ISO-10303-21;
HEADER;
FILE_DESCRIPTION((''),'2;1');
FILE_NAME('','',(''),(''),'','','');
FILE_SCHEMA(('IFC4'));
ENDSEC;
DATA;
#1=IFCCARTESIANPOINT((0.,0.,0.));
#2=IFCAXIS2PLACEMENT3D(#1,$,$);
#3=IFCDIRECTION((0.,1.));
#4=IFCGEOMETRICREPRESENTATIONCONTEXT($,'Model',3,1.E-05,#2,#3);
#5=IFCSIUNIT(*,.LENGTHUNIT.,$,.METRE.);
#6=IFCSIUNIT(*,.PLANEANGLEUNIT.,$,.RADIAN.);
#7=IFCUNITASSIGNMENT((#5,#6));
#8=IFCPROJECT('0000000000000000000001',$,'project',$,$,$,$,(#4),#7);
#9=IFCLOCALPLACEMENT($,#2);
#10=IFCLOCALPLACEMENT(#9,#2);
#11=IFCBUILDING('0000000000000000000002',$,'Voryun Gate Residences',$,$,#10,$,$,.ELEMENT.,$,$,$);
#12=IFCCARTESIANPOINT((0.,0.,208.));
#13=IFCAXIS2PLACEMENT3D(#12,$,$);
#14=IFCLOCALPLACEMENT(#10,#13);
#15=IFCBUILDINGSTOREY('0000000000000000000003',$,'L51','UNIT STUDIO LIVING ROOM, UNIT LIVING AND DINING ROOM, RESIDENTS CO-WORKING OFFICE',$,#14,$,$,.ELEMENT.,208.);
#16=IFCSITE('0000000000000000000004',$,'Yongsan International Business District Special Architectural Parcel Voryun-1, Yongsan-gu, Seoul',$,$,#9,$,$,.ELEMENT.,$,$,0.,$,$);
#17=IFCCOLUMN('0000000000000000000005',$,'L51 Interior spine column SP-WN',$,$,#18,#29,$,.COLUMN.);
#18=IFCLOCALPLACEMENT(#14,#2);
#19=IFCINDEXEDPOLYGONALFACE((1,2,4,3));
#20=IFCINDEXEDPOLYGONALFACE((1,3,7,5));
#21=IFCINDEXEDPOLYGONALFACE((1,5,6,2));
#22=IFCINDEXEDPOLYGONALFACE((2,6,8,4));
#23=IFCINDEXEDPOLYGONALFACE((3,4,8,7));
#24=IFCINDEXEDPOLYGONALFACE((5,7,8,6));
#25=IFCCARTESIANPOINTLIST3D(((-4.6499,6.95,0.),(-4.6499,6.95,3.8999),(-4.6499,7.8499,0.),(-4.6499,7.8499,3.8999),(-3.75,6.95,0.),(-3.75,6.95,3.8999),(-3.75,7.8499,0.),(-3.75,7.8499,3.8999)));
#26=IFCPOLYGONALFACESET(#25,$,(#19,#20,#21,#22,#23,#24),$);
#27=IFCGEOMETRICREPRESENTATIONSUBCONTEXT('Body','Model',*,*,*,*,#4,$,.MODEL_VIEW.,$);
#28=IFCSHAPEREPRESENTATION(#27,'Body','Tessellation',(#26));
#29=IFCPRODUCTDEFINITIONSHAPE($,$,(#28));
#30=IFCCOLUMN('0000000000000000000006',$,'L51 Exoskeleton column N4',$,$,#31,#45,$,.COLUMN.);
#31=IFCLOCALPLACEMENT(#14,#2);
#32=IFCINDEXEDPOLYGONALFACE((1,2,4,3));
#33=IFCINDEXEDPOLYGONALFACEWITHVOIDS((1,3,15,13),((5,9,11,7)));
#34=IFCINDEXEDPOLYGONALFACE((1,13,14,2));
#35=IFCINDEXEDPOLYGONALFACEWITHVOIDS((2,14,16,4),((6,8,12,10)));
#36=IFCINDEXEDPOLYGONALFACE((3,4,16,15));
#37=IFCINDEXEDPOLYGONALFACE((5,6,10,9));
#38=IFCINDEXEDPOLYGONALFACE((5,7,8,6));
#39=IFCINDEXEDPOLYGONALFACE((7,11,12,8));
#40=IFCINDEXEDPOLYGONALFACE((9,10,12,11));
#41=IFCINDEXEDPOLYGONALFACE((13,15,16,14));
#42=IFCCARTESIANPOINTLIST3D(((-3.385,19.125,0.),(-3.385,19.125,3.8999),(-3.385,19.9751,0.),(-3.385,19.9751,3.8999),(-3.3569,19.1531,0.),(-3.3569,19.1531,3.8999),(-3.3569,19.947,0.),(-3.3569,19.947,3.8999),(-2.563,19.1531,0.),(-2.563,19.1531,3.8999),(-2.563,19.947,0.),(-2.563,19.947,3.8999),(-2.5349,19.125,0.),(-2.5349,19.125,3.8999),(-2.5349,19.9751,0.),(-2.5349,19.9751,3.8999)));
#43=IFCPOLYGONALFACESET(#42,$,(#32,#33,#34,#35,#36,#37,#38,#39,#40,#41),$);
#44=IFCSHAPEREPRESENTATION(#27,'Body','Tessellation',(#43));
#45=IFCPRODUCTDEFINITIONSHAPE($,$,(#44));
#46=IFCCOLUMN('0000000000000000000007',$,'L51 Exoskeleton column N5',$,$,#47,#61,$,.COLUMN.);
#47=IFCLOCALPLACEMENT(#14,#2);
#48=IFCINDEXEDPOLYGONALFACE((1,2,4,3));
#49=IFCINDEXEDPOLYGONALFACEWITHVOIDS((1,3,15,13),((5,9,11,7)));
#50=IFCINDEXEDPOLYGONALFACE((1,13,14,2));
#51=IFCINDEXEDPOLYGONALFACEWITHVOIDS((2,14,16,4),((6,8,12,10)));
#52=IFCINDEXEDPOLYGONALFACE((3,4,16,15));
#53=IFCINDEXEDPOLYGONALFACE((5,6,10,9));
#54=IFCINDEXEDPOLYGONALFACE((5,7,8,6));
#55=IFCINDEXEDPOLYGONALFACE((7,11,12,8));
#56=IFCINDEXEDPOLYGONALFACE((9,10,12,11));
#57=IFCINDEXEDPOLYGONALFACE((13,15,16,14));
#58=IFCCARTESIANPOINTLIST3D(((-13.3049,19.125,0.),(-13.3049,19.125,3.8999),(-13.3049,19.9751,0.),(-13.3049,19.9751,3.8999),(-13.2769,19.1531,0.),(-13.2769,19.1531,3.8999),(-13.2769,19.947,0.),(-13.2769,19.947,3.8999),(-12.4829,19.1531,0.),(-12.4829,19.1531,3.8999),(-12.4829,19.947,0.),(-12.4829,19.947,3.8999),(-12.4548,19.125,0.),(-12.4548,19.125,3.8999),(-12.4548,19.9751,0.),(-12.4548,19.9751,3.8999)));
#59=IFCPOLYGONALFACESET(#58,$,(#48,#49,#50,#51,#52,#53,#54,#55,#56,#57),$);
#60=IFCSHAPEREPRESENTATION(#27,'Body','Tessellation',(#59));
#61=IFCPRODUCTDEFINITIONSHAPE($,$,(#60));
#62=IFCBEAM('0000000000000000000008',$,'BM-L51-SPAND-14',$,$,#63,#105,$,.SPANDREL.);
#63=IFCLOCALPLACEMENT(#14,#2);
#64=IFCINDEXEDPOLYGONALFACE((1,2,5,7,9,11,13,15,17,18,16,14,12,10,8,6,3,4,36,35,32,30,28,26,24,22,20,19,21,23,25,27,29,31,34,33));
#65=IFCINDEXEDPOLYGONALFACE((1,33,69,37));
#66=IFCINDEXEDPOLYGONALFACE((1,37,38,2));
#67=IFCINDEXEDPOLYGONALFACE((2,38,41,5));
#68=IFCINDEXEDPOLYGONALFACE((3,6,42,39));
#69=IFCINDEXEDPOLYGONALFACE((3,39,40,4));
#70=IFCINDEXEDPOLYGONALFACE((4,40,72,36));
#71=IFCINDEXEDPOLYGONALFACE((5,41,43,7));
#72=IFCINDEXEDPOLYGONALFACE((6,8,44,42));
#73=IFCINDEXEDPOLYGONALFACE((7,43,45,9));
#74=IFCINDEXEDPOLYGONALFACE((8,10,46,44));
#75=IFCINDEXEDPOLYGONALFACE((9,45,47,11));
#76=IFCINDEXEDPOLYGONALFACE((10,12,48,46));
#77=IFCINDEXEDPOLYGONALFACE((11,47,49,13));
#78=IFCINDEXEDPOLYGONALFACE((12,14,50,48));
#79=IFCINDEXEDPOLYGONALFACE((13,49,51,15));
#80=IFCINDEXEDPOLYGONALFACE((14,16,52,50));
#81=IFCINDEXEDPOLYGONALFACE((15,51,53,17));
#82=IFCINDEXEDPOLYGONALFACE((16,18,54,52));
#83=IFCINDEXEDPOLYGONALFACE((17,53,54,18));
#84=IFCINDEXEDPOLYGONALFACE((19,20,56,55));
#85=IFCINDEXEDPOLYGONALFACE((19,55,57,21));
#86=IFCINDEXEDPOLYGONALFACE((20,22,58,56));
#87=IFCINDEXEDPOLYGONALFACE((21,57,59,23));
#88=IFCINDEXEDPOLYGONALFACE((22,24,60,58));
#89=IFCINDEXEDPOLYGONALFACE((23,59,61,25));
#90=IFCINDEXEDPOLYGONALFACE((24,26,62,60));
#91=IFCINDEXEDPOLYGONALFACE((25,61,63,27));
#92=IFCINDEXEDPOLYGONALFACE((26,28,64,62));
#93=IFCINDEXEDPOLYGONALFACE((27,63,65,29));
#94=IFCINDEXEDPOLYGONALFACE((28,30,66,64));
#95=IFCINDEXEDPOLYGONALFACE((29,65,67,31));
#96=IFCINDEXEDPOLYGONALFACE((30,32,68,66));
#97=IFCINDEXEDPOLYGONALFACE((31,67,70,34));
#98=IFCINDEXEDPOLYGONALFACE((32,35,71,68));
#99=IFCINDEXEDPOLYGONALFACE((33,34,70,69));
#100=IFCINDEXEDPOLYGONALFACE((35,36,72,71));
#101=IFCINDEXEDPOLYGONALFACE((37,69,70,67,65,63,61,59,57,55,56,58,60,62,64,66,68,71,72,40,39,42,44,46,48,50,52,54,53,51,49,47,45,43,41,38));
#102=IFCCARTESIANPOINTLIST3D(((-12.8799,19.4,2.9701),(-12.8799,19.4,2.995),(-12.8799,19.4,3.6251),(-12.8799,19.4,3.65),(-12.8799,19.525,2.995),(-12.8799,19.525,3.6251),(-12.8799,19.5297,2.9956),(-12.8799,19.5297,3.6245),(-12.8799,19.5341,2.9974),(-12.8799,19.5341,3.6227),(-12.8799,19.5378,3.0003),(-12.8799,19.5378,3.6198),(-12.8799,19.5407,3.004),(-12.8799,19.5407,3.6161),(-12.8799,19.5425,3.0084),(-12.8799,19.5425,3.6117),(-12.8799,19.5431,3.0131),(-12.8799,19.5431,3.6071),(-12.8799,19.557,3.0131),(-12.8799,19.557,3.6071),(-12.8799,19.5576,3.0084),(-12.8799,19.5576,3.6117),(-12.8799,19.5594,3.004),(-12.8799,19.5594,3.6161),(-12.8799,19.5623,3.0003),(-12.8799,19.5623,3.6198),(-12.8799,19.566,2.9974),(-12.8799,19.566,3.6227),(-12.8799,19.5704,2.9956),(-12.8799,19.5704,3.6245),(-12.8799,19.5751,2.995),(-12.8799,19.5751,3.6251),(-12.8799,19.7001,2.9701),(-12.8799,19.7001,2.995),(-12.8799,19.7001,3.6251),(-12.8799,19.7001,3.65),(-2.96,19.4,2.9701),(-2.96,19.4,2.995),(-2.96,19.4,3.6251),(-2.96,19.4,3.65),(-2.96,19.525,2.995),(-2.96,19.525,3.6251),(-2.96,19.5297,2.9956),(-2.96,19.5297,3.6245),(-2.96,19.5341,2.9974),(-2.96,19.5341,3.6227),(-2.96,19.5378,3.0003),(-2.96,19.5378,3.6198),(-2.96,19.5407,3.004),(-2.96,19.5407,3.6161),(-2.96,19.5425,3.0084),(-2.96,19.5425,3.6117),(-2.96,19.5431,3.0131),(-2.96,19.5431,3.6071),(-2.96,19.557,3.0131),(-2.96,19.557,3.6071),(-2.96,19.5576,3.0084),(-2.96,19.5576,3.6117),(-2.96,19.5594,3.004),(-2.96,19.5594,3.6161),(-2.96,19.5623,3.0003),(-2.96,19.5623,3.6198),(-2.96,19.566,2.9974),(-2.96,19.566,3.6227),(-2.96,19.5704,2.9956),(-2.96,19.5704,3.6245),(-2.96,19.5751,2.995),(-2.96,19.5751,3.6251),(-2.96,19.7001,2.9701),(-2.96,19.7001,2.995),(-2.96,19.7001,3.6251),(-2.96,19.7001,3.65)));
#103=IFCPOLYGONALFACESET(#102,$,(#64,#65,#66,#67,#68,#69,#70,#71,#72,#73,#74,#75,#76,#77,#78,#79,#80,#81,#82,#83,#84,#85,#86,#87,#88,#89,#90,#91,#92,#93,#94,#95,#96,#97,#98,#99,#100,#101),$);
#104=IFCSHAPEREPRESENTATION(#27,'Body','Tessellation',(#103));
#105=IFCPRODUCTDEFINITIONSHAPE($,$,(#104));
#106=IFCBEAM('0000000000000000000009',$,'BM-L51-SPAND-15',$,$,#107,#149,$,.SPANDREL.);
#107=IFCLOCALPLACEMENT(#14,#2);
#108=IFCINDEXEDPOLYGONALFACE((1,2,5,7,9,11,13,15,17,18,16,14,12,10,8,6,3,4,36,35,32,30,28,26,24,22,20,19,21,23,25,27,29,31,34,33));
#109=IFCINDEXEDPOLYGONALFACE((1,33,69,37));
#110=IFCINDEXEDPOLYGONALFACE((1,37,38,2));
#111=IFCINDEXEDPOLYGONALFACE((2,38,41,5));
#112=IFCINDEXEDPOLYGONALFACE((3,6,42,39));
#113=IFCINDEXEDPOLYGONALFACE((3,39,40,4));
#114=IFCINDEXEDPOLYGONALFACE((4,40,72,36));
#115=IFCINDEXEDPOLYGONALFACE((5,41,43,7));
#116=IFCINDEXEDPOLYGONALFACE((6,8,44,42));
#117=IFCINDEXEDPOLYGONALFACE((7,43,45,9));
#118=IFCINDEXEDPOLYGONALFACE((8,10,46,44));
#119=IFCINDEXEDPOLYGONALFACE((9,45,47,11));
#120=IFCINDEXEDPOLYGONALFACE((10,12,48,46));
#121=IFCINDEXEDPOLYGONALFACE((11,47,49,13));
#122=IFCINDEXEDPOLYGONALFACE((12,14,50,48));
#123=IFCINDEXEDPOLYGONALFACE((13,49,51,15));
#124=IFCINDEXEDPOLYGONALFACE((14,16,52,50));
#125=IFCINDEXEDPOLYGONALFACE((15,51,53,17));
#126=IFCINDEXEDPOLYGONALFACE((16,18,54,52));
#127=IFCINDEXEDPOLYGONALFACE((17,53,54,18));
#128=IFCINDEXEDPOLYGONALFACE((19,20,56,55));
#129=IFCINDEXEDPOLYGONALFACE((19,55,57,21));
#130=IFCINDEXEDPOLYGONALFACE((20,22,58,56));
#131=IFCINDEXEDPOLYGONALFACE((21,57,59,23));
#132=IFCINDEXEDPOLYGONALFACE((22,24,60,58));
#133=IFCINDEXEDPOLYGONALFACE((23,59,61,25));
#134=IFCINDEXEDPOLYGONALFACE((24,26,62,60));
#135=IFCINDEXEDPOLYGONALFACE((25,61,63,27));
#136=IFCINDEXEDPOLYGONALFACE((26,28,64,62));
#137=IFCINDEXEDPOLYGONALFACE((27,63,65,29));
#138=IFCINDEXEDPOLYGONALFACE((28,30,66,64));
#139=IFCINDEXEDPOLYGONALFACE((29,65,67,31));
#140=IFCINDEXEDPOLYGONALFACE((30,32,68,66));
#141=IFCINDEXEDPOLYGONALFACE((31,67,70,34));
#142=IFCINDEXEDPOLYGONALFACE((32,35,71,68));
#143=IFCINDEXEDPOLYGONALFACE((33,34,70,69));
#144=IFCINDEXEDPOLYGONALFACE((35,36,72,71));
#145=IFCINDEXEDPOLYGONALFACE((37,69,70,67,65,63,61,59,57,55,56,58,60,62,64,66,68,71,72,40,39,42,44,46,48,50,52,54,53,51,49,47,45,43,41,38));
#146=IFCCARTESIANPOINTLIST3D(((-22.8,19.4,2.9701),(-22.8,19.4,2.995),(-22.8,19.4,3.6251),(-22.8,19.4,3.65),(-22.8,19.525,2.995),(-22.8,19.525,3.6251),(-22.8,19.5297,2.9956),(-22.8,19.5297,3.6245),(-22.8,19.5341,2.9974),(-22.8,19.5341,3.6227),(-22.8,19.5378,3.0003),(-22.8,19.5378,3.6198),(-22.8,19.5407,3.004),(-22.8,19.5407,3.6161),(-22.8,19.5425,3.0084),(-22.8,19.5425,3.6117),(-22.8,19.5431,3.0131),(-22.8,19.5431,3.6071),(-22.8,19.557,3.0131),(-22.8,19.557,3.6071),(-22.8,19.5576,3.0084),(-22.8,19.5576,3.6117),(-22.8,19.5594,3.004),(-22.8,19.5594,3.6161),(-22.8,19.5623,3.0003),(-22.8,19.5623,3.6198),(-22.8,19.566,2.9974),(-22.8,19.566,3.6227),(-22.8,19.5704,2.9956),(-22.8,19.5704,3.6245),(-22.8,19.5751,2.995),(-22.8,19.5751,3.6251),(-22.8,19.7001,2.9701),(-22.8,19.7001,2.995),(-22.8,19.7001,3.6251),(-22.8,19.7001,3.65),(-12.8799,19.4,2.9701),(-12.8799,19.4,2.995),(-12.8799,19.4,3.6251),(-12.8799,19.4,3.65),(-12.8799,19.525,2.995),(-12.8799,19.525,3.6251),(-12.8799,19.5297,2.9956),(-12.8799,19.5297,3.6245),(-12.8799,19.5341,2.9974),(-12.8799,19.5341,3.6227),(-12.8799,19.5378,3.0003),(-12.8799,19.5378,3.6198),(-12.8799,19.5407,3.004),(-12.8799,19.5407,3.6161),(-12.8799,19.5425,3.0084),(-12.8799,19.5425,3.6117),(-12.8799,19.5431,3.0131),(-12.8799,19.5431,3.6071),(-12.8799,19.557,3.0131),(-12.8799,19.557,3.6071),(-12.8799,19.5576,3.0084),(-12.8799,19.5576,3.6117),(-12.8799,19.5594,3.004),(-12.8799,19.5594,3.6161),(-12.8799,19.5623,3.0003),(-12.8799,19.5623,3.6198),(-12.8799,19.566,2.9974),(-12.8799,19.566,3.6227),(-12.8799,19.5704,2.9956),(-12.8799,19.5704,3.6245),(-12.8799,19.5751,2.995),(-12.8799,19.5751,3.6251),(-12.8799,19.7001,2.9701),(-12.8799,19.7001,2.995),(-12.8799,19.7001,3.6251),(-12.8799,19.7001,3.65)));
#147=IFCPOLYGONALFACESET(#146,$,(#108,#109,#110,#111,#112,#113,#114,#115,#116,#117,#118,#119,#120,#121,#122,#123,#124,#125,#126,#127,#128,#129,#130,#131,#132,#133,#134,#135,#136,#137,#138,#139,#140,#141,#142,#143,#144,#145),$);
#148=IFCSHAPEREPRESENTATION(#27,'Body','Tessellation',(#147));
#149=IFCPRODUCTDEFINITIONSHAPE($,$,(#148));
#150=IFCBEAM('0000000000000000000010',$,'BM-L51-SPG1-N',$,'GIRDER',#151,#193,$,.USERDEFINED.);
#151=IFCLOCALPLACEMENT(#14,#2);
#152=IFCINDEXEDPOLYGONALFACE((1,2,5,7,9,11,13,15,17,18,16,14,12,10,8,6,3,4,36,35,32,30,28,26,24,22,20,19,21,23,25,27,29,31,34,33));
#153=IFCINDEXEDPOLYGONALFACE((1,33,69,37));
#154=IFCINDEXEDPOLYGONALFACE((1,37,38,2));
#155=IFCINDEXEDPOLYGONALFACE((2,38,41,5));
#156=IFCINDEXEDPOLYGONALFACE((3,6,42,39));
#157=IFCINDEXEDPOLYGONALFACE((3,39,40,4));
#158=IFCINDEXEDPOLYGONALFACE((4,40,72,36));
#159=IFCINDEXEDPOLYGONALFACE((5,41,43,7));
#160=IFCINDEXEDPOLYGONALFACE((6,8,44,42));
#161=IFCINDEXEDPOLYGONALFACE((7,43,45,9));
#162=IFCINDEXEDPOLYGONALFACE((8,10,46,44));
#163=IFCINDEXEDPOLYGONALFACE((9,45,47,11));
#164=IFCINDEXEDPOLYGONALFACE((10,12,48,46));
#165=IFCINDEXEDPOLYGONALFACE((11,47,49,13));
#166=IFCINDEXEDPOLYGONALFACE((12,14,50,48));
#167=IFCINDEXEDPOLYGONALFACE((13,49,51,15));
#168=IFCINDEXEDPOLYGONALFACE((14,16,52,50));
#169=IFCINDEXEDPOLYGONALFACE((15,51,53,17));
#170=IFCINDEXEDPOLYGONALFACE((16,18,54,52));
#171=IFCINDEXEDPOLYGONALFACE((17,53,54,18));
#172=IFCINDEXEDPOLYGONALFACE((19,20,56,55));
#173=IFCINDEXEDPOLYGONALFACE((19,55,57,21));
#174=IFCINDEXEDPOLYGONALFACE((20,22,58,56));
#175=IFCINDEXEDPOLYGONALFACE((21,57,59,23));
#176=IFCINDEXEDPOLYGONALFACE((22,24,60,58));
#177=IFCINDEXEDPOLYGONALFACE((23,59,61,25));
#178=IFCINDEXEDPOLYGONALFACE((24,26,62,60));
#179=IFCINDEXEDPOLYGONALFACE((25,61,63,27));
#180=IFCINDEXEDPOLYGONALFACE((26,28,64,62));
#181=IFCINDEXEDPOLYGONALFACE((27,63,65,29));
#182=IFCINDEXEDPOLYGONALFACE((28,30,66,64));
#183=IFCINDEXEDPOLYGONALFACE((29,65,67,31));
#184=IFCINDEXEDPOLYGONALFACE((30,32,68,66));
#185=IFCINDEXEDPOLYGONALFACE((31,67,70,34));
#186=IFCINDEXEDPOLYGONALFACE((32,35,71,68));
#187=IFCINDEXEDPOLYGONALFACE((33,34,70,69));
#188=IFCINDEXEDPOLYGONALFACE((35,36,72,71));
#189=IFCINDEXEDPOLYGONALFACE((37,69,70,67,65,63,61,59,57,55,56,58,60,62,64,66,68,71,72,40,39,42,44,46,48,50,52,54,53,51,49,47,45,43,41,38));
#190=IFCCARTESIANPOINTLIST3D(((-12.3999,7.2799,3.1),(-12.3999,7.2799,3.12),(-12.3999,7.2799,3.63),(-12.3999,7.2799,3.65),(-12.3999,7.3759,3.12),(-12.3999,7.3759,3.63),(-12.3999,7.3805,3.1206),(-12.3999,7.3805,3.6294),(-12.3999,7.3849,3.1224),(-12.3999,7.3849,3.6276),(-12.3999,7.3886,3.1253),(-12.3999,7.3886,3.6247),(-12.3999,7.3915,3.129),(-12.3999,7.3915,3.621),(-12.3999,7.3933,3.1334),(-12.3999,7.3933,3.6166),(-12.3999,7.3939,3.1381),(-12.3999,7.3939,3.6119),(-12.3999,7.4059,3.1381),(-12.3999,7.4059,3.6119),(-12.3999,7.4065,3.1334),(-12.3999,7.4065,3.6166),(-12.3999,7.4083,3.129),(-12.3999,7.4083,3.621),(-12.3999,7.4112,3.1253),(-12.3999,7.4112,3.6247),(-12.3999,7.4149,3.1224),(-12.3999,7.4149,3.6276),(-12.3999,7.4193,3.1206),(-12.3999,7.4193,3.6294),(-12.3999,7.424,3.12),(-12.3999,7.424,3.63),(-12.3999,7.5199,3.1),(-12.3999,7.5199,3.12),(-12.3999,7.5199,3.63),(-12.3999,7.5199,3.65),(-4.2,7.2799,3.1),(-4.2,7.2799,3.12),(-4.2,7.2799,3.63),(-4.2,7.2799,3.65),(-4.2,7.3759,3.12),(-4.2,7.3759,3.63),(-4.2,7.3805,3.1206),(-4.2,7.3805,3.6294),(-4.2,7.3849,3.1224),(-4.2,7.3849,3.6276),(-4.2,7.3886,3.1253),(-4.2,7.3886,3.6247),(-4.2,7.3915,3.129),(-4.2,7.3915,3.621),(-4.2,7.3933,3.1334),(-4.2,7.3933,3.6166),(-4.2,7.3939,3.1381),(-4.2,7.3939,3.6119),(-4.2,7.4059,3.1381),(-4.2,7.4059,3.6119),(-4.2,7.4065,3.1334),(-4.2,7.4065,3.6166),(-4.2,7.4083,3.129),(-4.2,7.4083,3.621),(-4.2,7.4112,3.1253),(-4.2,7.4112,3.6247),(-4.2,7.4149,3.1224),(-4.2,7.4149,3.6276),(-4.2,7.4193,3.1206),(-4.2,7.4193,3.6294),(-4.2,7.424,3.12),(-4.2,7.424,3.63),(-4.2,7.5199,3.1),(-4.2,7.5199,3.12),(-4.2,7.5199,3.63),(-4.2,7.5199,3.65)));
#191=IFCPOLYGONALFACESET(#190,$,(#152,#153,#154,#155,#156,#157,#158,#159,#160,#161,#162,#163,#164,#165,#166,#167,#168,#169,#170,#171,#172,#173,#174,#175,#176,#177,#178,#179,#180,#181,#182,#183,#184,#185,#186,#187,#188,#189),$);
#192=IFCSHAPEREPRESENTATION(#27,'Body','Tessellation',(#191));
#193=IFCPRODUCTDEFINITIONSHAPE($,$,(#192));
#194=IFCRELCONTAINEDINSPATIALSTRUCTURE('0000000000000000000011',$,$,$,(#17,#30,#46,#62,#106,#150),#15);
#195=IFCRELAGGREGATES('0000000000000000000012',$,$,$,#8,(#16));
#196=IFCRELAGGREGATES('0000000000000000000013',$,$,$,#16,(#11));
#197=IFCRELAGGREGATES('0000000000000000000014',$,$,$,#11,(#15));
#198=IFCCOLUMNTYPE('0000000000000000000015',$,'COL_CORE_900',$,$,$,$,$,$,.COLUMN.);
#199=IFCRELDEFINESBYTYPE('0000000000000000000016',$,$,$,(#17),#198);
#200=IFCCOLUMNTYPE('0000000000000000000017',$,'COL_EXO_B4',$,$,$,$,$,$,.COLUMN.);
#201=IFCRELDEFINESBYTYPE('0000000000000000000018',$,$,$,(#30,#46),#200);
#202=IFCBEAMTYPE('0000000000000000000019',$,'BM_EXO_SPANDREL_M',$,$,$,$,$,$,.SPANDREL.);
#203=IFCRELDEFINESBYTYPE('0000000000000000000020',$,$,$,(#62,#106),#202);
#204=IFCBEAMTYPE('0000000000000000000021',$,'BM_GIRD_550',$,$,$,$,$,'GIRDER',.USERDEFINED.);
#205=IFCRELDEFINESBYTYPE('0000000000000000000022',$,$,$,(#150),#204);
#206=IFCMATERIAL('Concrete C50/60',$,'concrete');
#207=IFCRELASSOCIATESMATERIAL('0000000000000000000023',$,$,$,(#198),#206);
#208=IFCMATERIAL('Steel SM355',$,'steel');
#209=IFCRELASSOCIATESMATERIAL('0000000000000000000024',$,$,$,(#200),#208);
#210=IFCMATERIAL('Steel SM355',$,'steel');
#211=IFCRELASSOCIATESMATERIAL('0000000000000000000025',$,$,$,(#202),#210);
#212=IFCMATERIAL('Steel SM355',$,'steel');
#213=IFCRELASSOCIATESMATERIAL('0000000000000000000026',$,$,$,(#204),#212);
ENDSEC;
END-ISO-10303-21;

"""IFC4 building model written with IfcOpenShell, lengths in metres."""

from ifc_helpers import new_model, si_unit, direction, frame, origin, origin_2d, place, context, subcontext, project, spatial, rectangle, hollow_rectangle, i_section, extrude, material, material_profile, profile_set, type_object, element, save


model = new_model("IFC4")

# Units and contexts
model_context = context("Model", 3, precision=1e-05, world=origin(), true_north=direction((0.0, 1.0)))
body_context = subcontext(model_context, "Body", "Model", "MODEL_VIEW")
ifc_project = project(units=[si_unit("LENGTHUNIT", "METRE"), si_unit("PLANEANGLEUNIT", "RADIAN")], contexts=[model_context])

# Site, building, storey
site_placement = place(None, origin())
site = spatial("IfcSite", under=ifc_project, at=site_placement, Name="Yongsan International Business District Special Architectural Parcel Voryun-1, Yongsan-gu, Seoul", CompositionType="ELEMENT", RefElevation=0.0)
building_placement = place(site_placement, origin())
building = spatial("IfcBuilding", under=site, at=building_placement, Name="Voryun Gate Residences", CompositionType="ELEMENT")
storey_placement = place(building_placement, frame((0.0, 0.0, 208.0)))
storey = spatial("IfcBuildingStorey", under=building, at=storey_placement, Name="L51", Description="UNIT STUDIO LIVING ROOM, UNIT LIVING AND DINING ROOM, RESIDENTS CO-WORKING OFFICE", CompositionType="ELEMENT", Elevation=208.0)

# Columns
ifc_material_1 = material(Name="Concrete C50/60", Category="concrete")
ifc_material_profile_1 = material_profile(ifc_material_1, rectangle(XDim=0.8999, YDim=0.8999, at=origin_2d()), Name="RC-900x900")
ifc_profile_set_1 = profile_set([ifc_material_profile_1], Name="Concrete C50/60")
column_type_1 = type_object("IfcColumnType", Name="COL_CORE_900", PredefinedType="COLUMN", material=ifc_profile_set_1)
column_placement = place(storey_placement, frame((-4.2, 7.3999, 0.0), z_axis=(0.0, 0.0, 1.0), x_axis=(1.0, 0.0, 0.0)))
element("IfcColumn", 1, at=column_placement, inside=storey, type_object=column_type_1, Name="L51 Interior spine column SP-WN", PredefinedType="COLUMN", context=body_context, shape_type="SweptSolid", body=[
    extrude(rectangle(XDim=0.8999, YDim=0.8999, at=origin_2d()), origin(), (0.0, 0.0, 1.0), 3.8999),
])
ifc_material_2 = material(Name="Steel SM355", Category="steel")
ifc_material_profile_2 = material_profile(ifc_material_2, hollow_rectangle(XDim=0.8501, YDim=0.8501, WallThickness=0.0281, at=origin_2d()), Name="BOX-850x850x28")
ifc_profile_set_2 = profile_set([ifc_material_profile_2], Name="Steel SM355")
column_type_2 = type_object("IfcColumnType", Name="COL_EXO_B4", PredefinedType="COLUMN", material=ifc_profile_set_2)
for number, where, z_axis, x_axis, name in (
    (2, (-2.96, 19.55, 0.0), (0.0, 0.0, 1.0), (1.0, 0.0, 0.0), "L51 Exoskeleton column N4"),
    (3, (-12.8799, 19.55, 0.0), (0.0, 0.0, 1.0), (1.0, 0.0, 0.0), "L51 Exoskeleton column N5"),
):
    element("IfcColumn", number, at=place(storey_placement, frame(where, z_axis=z_axis, x_axis=x_axis)), inside=storey, type_object=column_type_2, Name=name, PredefinedType="COLUMN", context=body_context, shape_type="SweptSolid", body=[
        extrude(hollow_rectangle(XDim=0.8501, YDim=0.8501, WallThickness=0.0281, at=origin_2d()), origin(), (0.0, 0.0, 1.0), 3.8999),
    ])

# Beams
ifc_material_3 = material(Name="Steel SM355", Category="steel")
ifc_material_profile_3 = material_profile(ifc_material_3, i_section(OverallWidth=0.3, OverallDepth=0.6799, WebThickness=0.0139, FlangeThickness=0.0249, FilletRadius=0.0181, at=origin_2d()), Name="H-680x300x14x25")
ifc_profile_set_3 = profile_set([ifc_material_profile_3], Name="Steel SM355")
beam_type_1 = type_object("IfcBeamType", Name="BM_EXO_SPANDREL_M", PredefinedType="SPANDREL", material=ifc_profile_set_3)
beam_1_placement = place(storey_placement, frame((-2.96, 19.55, 3.3101), z_axis=(-1.0, 0.0, 0.0), x_axis=(0.0, -1.0, 0.0)))
element("IfcBeam", 4, at=beam_1_placement, inside=storey, type_object=beam_type_1, Name="BM-L51-SPAND-14", PredefinedType="SPANDREL", context=body_context, shape_type="SweptSolid", body=[
    extrude(i_section(OverallWidth=0.3, OverallDepth=0.6799, WebThickness=0.0139, FlangeThickness=0.0249, FilletRadius=0.0181, at=origin_2d()), origin(), (0.0, 0.0, 1.0), 9.9199),
])
beam_2_placement = place(storey_placement, frame((-12.8799, 19.55, 3.3101), z_axis=(-1.0, 0.0, 0.0), x_axis=(0.0, -1.0, 0.0)))
element("IfcBeam", 5, at=beam_2_placement, inside=storey, type_object=beam_type_1, Name="BM-L51-SPAND-15", PredefinedType="SPANDREL", context=body_context, shape_type="SweptSolid", body=[
    extrude(i_section(OverallWidth=0.3, OverallDepth=0.6799, WebThickness=0.0139, FlangeThickness=0.0249, FilletRadius=0.0181, at=origin_2d()), origin(), (0.0, 0.0, 1.0), 9.9202),
])
ifc_material_4 = material(Name="Steel SM355", Category="steel")
ifc_material_profile_4 = material_profile(ifc_material_4, i_section(OverallWidth=0.24, OverallDepth=0.55, WebThickness=0.012, FlangeThickness=0.02, FilletRadius=0.0181, at=origin_2d()), Name="H-550x240x12x20")
ifc_profile_set_4 = profile_set([ifc_material_profile_4], Name="Steel SM355")
beam_type_2 = type_object("IfcBeamType", Name="BM_GIRD_550", ElementType="GIRDER", PredefinedType="USERDEFINED", material=ifc_profile_set_4)
beam_3_placement = place(storey_placement, frame((-12.3999, 7.3999, 3.375), z_axis=(1.0, 0.0, 0.0), x_axis=(0.0, 1.0, 0.0)))
element("IfcBeam", 6, at=beam_3_placement, inside=storey, type_object=beam_type_2, Name="BM-L51-SPG1-N", ObjectType="GIRDER", PredefinedType="USERDEFINED", context=body_context, shape_type="SweptSolid", body=[
    extrude(i_section(OverallWidth=0.24, OverallDepth=0.55, WebThickness=0.012, FlangeThickness=0.02, FilletRadius=0.0181, at=origin_2d()), origin(), (0.0, 0.0, 1.0), 8.2),
])

save(model, "model.ifc")
